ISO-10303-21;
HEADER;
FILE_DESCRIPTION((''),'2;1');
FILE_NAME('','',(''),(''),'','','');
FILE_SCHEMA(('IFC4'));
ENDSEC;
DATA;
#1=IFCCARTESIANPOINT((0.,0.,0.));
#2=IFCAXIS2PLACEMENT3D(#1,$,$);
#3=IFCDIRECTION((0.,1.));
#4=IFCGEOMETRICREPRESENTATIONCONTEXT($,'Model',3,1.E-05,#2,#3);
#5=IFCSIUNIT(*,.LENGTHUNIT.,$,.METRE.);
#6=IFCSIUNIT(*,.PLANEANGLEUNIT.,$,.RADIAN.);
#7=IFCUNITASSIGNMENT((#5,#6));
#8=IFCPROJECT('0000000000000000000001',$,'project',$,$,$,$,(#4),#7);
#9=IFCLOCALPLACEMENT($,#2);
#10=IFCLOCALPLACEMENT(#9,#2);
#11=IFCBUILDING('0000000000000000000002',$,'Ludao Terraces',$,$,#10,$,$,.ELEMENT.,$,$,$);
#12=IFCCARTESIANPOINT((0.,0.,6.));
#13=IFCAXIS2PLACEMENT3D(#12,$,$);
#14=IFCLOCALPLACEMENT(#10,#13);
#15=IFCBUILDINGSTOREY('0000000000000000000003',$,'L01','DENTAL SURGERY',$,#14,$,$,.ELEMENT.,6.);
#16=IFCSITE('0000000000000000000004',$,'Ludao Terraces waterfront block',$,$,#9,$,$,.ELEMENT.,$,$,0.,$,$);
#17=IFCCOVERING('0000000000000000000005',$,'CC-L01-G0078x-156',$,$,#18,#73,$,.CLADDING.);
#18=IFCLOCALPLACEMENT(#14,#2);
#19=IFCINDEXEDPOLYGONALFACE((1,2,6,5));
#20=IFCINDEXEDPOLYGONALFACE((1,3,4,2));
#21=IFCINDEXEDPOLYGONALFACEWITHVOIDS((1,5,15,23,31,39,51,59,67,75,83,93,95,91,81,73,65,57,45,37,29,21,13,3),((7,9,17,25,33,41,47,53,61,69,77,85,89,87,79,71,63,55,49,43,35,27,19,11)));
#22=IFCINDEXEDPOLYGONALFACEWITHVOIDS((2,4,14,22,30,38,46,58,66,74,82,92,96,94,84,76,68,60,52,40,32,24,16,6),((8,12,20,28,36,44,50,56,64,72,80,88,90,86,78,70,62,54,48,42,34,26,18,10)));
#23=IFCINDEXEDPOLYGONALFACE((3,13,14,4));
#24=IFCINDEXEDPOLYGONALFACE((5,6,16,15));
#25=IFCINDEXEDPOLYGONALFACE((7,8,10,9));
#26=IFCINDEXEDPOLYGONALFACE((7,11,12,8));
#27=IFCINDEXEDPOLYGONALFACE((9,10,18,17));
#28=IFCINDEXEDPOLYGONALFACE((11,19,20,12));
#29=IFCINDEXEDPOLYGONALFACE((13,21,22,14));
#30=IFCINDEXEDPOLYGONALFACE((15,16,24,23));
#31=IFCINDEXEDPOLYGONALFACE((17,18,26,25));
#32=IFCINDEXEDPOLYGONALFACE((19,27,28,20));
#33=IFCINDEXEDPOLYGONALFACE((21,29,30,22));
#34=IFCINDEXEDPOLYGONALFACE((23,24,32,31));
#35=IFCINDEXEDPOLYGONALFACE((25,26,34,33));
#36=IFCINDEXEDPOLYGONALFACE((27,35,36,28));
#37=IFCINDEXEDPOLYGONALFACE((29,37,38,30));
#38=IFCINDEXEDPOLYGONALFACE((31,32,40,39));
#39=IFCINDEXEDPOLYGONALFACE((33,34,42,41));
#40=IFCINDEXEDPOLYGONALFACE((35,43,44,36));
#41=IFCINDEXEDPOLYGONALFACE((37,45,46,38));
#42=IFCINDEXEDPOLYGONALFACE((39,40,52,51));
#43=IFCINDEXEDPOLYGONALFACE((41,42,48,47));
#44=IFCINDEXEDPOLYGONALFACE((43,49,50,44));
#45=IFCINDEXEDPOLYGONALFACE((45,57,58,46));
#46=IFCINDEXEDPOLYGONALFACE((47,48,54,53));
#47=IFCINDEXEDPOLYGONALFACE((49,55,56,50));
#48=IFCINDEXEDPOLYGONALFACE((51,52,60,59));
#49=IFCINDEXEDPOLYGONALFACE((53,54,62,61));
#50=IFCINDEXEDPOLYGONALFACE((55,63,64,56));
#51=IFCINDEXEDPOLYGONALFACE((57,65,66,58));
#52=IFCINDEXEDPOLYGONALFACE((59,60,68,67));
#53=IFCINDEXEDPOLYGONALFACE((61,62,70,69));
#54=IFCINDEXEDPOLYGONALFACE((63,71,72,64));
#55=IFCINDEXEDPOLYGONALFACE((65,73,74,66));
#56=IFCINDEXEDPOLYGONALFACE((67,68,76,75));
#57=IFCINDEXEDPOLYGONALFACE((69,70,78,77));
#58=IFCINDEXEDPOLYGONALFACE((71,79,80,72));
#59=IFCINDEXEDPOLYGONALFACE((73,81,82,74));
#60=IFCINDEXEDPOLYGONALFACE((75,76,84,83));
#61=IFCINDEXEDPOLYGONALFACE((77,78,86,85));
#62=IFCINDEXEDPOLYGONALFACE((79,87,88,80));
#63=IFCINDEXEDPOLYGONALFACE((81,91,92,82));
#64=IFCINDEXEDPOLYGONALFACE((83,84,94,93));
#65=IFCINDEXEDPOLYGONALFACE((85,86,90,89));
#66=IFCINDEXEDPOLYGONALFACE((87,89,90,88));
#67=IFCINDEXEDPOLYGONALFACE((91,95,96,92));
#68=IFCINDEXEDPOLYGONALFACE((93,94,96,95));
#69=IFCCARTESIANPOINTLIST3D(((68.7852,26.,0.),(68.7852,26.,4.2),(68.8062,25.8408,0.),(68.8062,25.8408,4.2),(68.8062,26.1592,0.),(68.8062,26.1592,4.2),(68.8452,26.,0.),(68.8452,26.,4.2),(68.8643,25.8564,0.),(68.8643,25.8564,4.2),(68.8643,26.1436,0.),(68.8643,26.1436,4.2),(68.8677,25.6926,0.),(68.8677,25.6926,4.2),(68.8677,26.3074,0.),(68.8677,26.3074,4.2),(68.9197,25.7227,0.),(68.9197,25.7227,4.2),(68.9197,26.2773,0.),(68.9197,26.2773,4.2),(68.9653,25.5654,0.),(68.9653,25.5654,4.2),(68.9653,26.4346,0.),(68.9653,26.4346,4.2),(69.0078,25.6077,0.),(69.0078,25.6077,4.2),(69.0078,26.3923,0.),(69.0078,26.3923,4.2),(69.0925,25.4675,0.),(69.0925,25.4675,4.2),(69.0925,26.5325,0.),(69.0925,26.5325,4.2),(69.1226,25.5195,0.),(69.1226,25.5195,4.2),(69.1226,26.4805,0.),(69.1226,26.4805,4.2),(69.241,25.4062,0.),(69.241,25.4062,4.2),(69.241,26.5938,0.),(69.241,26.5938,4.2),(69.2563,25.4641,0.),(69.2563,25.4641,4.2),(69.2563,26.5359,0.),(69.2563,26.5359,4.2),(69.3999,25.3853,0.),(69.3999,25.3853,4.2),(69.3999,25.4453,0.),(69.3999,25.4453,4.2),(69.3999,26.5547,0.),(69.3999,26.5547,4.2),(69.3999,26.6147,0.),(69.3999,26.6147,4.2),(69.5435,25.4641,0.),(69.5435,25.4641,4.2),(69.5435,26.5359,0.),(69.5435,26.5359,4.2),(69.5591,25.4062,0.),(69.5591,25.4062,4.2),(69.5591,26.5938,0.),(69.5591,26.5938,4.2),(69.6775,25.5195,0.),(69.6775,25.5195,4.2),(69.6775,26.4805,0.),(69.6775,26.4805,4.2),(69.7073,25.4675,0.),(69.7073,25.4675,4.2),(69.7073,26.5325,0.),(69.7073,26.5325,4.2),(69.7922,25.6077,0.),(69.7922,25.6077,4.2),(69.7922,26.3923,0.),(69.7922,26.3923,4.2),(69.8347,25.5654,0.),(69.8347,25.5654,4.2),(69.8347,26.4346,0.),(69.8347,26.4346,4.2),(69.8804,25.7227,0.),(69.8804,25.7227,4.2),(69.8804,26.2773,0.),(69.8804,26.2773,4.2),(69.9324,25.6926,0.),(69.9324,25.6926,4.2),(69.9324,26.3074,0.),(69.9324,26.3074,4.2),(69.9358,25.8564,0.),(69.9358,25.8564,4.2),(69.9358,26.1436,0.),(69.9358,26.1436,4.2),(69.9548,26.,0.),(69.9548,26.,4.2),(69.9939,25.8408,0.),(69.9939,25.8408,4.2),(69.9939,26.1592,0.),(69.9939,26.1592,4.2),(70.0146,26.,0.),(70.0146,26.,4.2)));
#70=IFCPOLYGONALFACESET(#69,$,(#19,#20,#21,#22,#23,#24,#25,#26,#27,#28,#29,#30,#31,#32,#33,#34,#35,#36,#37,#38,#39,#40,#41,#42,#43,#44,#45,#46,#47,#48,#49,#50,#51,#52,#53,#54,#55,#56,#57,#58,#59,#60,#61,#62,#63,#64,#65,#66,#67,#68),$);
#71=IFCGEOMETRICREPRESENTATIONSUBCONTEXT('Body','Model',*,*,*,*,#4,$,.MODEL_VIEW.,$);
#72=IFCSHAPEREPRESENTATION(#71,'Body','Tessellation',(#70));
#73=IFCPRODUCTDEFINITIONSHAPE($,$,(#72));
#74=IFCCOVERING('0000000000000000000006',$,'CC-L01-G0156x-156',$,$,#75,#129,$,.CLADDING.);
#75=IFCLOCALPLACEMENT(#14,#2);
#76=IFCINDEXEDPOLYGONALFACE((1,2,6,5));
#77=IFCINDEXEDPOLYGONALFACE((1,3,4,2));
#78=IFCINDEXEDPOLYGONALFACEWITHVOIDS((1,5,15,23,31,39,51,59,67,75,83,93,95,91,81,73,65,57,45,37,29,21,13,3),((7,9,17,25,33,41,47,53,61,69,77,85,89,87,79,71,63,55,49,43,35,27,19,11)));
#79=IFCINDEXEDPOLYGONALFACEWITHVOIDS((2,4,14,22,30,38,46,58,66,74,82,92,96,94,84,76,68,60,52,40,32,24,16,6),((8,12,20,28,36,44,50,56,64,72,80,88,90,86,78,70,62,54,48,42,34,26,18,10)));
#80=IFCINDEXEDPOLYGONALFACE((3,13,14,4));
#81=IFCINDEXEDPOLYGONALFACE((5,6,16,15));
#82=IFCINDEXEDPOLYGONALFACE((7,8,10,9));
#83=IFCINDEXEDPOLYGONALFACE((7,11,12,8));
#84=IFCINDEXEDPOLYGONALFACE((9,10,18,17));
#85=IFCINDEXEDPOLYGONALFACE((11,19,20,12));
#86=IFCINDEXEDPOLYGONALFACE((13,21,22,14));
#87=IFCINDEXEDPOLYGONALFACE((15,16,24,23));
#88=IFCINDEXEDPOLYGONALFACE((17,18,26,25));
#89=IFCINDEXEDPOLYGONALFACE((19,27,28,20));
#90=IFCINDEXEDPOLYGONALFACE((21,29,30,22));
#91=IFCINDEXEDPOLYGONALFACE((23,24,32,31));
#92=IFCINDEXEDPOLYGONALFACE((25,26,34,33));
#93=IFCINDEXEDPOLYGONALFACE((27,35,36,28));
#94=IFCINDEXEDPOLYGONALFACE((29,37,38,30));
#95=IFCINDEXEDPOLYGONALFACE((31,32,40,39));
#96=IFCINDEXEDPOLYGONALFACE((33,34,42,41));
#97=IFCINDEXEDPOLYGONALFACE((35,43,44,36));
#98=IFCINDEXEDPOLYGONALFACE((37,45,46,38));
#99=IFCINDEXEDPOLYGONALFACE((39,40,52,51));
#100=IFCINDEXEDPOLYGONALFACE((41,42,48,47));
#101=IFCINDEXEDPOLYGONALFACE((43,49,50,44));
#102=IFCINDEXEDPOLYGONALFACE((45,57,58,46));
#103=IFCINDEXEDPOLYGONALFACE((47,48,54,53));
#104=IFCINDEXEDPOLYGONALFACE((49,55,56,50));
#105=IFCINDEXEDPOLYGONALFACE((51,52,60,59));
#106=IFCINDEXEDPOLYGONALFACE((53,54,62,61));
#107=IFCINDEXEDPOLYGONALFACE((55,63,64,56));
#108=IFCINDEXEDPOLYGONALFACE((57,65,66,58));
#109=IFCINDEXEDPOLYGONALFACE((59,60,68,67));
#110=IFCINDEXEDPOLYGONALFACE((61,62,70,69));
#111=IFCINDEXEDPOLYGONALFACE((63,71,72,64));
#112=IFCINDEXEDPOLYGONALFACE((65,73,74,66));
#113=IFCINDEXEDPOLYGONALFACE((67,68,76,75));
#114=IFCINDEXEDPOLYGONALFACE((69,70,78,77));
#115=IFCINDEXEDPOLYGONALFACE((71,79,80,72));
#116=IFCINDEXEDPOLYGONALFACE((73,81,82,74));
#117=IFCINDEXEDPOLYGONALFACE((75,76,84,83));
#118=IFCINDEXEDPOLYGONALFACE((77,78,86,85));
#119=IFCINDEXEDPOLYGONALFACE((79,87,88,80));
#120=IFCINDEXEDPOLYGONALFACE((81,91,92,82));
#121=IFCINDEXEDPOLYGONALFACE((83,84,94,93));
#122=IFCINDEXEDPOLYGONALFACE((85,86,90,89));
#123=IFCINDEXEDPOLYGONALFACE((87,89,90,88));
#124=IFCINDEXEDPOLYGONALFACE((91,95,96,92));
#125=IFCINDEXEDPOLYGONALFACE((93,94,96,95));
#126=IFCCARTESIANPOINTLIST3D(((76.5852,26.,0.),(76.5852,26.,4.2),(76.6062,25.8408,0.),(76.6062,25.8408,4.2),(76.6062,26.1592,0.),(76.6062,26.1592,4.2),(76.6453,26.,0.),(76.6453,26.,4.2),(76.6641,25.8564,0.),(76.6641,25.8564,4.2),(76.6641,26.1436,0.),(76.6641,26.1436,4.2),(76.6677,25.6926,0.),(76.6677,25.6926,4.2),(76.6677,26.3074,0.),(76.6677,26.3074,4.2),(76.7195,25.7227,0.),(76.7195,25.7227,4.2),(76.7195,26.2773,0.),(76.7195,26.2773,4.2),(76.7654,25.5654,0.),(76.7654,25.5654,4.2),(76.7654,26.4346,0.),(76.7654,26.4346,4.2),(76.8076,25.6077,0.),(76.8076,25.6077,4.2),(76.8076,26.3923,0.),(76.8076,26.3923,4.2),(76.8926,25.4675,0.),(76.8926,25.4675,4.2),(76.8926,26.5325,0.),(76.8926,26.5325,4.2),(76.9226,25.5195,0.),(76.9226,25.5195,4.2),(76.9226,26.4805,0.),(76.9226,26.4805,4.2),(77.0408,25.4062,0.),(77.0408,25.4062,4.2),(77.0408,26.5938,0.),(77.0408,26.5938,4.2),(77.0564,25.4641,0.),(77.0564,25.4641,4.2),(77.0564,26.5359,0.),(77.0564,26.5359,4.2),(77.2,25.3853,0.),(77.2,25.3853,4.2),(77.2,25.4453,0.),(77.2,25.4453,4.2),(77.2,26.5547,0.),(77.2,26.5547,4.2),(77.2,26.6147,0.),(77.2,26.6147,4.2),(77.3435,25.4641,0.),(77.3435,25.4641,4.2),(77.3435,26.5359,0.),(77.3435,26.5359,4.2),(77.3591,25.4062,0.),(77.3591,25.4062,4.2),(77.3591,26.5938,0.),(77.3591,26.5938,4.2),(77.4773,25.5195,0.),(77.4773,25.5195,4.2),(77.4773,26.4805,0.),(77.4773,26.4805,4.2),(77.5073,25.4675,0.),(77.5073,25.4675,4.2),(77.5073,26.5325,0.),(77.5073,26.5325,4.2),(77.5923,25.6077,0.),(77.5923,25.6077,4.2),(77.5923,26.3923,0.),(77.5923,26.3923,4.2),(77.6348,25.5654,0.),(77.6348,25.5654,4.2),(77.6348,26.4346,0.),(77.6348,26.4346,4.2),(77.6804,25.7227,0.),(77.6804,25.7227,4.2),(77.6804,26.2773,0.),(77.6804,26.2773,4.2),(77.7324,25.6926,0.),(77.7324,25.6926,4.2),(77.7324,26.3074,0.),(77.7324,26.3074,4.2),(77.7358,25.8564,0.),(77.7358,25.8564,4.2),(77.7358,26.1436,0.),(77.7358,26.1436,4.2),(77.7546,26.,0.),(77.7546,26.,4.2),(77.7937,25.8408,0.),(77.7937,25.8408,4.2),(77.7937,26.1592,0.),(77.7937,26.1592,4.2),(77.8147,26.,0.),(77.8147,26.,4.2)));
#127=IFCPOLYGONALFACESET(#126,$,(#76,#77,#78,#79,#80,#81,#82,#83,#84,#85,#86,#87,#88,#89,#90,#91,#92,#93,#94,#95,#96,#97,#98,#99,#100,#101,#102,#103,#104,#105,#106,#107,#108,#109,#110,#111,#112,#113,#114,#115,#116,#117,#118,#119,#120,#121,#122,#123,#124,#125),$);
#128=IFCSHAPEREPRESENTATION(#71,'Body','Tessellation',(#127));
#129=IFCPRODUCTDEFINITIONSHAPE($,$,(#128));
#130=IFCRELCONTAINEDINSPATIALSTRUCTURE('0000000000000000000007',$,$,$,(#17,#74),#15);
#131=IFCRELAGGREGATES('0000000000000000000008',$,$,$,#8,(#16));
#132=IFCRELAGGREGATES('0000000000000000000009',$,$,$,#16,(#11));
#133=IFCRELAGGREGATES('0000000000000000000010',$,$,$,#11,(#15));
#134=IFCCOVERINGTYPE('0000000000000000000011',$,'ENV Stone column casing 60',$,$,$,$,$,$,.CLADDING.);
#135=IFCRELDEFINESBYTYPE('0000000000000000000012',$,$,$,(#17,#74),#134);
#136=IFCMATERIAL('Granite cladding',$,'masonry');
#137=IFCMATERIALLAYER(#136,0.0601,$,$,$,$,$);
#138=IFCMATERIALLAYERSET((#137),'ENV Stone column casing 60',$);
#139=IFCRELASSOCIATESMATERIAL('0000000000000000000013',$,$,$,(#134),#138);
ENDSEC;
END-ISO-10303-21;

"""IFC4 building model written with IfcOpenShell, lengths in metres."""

from ifc_helpers import new_model, si_unit, direction, frame, origin, place, context, subcontext, project, spatial, polyline, outline, extrude, material, layer, layer_set, type_object, element, save


model = new_model("IFC4")

# Units and contexts
model_context = context("Model", 3, precision=1e-05, world=origin(), true_north=direction((0.0, 1.0)))
body_context = subcontext(model_context, "Body", "Model", "MODEL_VIEW")
ifc_project = project(units=[si_unit("LENGTHUNIT", "METRE"), si_unit("PLANEANGLEUNIT", "RADIAN")], contexts=[model_context])

# Site, building, storey
site_placement = place(None, origin())
site = spatial("IfcSite", under=ifc_project, at=site_placement, Name="Ludao Terraces waterfront block", CompositionType="ELEMENT", RefElevation=0.0)
building_placement = place(site_placement, origin())
building = spatial("IfcBuilding", under=site, at=building_placement, Name="Ludao Terraces", CompositionType="ELEMENT")
storey_placement = place(building_placement, frame((0.0, 0.0, 6.0)))
storey = spatial("IfcBuildingStorey", under=building, at=storey_placement, Name="L01", Description="DENTAL SURGERY", CompositionType="ELEMENT", Elevation=6.0)

# Coverings
ifc_material_1 = material(Name="Granite cladding", Category="masonry")
ifc_layer_1 = layer(ifc_material_1, 0.0601)
ifc_layer_set_1 = layer_set([ifc_layer_1], Name="ENV Stone column casing 60")
covering_type = type_object("IfcCoveringType", Name="ENV Stone column casing 60", PredefinedType="CLADDING", material=ifc_layer_set_1)
covering_1_placement = place(storey_placement, origin())
element("IfcCovering", 1, at=covering_1_placement, inside=storey, type_object=covering_type, Name="CC-L01-G0078x-156", PredefinedType="CLADDING", context=body_context, shape_type="SweptSolid", body=[
    extrude(outline(polyline([(70.0146, 26.0), (69.9939, 26.1592), (69.9324, 26.3074), (69.8347, 26.4346), (69.7073, 26.5325), (69.5591, 26.5938), (69.3999, 26.6147), (69.241, 26.5938), (69.0925, 26.5325), (68.9653, 26.4346), (68.8677, 26.3074), (68.8062, 26.1592), (68.7852, 26.0), (68.8062, 25.8408), (68.8677, 25.6926), (68.9653, 25.5654), (69.0925, 25.4675), (69.241, 25.4062), (69.3999, 25.3853), (69.5591, 25.4062), (69.7073, 25.4675), (69.8347, 25.5654), (69.9324, 25.6926), (69.9939, 25.8408), (70.0146, 26.0)]), holes=[polyline([(69.9358, 25.8564), (69.8804, 25.7227), (69.7922, 25.6077), (69.6775, 25.5195), (69.5435, 25.4641), (69.3999, 25.4453), (69.2563, 25.4641), (69.1226, 25.5195), (69.0078, 25.6077), (68.9197, 25.7227), (68.8643, 25.8564), (68.8452, 26.0), (68.8643, 26.1436), (68.9197, 26.2773), (69.0078, 26.3923), (69.1226, 26.4805), (69.2563, 26.5359), (69.3999, 26.5547), (69.5435, 26.5359), (69.6775, 26.4805), (69.7922, 26.3923), (69.8804, 26.2773), (69.9358, 26.1436), (69.9548, 26.0), (69.9358, 25.8564)])]), origin(), (0.0, 0.0, 1.0), 4.2),
])
covering_2_placement = place(storey_placement, origin())
element("IfcCovering", 2, at=covering_2_placement, inside=storey, type_object=covering_type, Name="CC-L01-G0156x-156", PredefinedType="CLADDING", context=body_context, shape_type="SweptSolid", body=[
    extrude(outline(polyline([(77.8147, 26.0), (77.7937, 26.1592), (77.7324, 26.3074), (77.6348, 26.4346), (77.5073, 26.5325), (77.3591, 26.5938), (77.2, 26.6147), (77.0408, 26.5938), (76.8926, 26.5325), (76.7654, 26.4346), (76.6677, 26.3074), (76.6062, 26.1592), (76.5852, 26.0), (76.6062, 25.8408), (76.6677, 25.6926), (76.7654, 25.5654), (76.8926, 25.4675), (77.0408, 25.4062), (77.2, 25.3853), (77.3591, 25.4062), (77.5073, 25.4675), (77.6348, 25.5654), (77.7324, 25.6926), (77.7937, 25.8408), (77.8147, 26.0)]), holes=[polyline([(77.7358, 25.8564), (77.6804, 25.7227), (77.5923, 25.6077), (77.4773, 25.5195), (77.3435, 25.4641), (77.2, 25.4453), (77.0564, 25.4641), (76.9226, 25.5195), (76.8076, 25.6077), (76.7195, 25.7227), (76.6641, 25.8564), (76.6453, 26.0), (76.6641, 26.1436), (76.7195, 26.2773), (76.8076, 26.3923), (76.9226, 26.4805), (77.0564, 26.5359), (77.2, 26.5547), (77.3435, 26.5359), (77.4773, 26.4805), (77.5923, 26.3923), (77.6804, 26.2773), (77.7358, 26.1436), (77.7546, 26.0), (77.7358, 25.8564)])]), origin(), (0.0, 0.0, 1.0), 4.2),
])

save(model, "model.ifc")
